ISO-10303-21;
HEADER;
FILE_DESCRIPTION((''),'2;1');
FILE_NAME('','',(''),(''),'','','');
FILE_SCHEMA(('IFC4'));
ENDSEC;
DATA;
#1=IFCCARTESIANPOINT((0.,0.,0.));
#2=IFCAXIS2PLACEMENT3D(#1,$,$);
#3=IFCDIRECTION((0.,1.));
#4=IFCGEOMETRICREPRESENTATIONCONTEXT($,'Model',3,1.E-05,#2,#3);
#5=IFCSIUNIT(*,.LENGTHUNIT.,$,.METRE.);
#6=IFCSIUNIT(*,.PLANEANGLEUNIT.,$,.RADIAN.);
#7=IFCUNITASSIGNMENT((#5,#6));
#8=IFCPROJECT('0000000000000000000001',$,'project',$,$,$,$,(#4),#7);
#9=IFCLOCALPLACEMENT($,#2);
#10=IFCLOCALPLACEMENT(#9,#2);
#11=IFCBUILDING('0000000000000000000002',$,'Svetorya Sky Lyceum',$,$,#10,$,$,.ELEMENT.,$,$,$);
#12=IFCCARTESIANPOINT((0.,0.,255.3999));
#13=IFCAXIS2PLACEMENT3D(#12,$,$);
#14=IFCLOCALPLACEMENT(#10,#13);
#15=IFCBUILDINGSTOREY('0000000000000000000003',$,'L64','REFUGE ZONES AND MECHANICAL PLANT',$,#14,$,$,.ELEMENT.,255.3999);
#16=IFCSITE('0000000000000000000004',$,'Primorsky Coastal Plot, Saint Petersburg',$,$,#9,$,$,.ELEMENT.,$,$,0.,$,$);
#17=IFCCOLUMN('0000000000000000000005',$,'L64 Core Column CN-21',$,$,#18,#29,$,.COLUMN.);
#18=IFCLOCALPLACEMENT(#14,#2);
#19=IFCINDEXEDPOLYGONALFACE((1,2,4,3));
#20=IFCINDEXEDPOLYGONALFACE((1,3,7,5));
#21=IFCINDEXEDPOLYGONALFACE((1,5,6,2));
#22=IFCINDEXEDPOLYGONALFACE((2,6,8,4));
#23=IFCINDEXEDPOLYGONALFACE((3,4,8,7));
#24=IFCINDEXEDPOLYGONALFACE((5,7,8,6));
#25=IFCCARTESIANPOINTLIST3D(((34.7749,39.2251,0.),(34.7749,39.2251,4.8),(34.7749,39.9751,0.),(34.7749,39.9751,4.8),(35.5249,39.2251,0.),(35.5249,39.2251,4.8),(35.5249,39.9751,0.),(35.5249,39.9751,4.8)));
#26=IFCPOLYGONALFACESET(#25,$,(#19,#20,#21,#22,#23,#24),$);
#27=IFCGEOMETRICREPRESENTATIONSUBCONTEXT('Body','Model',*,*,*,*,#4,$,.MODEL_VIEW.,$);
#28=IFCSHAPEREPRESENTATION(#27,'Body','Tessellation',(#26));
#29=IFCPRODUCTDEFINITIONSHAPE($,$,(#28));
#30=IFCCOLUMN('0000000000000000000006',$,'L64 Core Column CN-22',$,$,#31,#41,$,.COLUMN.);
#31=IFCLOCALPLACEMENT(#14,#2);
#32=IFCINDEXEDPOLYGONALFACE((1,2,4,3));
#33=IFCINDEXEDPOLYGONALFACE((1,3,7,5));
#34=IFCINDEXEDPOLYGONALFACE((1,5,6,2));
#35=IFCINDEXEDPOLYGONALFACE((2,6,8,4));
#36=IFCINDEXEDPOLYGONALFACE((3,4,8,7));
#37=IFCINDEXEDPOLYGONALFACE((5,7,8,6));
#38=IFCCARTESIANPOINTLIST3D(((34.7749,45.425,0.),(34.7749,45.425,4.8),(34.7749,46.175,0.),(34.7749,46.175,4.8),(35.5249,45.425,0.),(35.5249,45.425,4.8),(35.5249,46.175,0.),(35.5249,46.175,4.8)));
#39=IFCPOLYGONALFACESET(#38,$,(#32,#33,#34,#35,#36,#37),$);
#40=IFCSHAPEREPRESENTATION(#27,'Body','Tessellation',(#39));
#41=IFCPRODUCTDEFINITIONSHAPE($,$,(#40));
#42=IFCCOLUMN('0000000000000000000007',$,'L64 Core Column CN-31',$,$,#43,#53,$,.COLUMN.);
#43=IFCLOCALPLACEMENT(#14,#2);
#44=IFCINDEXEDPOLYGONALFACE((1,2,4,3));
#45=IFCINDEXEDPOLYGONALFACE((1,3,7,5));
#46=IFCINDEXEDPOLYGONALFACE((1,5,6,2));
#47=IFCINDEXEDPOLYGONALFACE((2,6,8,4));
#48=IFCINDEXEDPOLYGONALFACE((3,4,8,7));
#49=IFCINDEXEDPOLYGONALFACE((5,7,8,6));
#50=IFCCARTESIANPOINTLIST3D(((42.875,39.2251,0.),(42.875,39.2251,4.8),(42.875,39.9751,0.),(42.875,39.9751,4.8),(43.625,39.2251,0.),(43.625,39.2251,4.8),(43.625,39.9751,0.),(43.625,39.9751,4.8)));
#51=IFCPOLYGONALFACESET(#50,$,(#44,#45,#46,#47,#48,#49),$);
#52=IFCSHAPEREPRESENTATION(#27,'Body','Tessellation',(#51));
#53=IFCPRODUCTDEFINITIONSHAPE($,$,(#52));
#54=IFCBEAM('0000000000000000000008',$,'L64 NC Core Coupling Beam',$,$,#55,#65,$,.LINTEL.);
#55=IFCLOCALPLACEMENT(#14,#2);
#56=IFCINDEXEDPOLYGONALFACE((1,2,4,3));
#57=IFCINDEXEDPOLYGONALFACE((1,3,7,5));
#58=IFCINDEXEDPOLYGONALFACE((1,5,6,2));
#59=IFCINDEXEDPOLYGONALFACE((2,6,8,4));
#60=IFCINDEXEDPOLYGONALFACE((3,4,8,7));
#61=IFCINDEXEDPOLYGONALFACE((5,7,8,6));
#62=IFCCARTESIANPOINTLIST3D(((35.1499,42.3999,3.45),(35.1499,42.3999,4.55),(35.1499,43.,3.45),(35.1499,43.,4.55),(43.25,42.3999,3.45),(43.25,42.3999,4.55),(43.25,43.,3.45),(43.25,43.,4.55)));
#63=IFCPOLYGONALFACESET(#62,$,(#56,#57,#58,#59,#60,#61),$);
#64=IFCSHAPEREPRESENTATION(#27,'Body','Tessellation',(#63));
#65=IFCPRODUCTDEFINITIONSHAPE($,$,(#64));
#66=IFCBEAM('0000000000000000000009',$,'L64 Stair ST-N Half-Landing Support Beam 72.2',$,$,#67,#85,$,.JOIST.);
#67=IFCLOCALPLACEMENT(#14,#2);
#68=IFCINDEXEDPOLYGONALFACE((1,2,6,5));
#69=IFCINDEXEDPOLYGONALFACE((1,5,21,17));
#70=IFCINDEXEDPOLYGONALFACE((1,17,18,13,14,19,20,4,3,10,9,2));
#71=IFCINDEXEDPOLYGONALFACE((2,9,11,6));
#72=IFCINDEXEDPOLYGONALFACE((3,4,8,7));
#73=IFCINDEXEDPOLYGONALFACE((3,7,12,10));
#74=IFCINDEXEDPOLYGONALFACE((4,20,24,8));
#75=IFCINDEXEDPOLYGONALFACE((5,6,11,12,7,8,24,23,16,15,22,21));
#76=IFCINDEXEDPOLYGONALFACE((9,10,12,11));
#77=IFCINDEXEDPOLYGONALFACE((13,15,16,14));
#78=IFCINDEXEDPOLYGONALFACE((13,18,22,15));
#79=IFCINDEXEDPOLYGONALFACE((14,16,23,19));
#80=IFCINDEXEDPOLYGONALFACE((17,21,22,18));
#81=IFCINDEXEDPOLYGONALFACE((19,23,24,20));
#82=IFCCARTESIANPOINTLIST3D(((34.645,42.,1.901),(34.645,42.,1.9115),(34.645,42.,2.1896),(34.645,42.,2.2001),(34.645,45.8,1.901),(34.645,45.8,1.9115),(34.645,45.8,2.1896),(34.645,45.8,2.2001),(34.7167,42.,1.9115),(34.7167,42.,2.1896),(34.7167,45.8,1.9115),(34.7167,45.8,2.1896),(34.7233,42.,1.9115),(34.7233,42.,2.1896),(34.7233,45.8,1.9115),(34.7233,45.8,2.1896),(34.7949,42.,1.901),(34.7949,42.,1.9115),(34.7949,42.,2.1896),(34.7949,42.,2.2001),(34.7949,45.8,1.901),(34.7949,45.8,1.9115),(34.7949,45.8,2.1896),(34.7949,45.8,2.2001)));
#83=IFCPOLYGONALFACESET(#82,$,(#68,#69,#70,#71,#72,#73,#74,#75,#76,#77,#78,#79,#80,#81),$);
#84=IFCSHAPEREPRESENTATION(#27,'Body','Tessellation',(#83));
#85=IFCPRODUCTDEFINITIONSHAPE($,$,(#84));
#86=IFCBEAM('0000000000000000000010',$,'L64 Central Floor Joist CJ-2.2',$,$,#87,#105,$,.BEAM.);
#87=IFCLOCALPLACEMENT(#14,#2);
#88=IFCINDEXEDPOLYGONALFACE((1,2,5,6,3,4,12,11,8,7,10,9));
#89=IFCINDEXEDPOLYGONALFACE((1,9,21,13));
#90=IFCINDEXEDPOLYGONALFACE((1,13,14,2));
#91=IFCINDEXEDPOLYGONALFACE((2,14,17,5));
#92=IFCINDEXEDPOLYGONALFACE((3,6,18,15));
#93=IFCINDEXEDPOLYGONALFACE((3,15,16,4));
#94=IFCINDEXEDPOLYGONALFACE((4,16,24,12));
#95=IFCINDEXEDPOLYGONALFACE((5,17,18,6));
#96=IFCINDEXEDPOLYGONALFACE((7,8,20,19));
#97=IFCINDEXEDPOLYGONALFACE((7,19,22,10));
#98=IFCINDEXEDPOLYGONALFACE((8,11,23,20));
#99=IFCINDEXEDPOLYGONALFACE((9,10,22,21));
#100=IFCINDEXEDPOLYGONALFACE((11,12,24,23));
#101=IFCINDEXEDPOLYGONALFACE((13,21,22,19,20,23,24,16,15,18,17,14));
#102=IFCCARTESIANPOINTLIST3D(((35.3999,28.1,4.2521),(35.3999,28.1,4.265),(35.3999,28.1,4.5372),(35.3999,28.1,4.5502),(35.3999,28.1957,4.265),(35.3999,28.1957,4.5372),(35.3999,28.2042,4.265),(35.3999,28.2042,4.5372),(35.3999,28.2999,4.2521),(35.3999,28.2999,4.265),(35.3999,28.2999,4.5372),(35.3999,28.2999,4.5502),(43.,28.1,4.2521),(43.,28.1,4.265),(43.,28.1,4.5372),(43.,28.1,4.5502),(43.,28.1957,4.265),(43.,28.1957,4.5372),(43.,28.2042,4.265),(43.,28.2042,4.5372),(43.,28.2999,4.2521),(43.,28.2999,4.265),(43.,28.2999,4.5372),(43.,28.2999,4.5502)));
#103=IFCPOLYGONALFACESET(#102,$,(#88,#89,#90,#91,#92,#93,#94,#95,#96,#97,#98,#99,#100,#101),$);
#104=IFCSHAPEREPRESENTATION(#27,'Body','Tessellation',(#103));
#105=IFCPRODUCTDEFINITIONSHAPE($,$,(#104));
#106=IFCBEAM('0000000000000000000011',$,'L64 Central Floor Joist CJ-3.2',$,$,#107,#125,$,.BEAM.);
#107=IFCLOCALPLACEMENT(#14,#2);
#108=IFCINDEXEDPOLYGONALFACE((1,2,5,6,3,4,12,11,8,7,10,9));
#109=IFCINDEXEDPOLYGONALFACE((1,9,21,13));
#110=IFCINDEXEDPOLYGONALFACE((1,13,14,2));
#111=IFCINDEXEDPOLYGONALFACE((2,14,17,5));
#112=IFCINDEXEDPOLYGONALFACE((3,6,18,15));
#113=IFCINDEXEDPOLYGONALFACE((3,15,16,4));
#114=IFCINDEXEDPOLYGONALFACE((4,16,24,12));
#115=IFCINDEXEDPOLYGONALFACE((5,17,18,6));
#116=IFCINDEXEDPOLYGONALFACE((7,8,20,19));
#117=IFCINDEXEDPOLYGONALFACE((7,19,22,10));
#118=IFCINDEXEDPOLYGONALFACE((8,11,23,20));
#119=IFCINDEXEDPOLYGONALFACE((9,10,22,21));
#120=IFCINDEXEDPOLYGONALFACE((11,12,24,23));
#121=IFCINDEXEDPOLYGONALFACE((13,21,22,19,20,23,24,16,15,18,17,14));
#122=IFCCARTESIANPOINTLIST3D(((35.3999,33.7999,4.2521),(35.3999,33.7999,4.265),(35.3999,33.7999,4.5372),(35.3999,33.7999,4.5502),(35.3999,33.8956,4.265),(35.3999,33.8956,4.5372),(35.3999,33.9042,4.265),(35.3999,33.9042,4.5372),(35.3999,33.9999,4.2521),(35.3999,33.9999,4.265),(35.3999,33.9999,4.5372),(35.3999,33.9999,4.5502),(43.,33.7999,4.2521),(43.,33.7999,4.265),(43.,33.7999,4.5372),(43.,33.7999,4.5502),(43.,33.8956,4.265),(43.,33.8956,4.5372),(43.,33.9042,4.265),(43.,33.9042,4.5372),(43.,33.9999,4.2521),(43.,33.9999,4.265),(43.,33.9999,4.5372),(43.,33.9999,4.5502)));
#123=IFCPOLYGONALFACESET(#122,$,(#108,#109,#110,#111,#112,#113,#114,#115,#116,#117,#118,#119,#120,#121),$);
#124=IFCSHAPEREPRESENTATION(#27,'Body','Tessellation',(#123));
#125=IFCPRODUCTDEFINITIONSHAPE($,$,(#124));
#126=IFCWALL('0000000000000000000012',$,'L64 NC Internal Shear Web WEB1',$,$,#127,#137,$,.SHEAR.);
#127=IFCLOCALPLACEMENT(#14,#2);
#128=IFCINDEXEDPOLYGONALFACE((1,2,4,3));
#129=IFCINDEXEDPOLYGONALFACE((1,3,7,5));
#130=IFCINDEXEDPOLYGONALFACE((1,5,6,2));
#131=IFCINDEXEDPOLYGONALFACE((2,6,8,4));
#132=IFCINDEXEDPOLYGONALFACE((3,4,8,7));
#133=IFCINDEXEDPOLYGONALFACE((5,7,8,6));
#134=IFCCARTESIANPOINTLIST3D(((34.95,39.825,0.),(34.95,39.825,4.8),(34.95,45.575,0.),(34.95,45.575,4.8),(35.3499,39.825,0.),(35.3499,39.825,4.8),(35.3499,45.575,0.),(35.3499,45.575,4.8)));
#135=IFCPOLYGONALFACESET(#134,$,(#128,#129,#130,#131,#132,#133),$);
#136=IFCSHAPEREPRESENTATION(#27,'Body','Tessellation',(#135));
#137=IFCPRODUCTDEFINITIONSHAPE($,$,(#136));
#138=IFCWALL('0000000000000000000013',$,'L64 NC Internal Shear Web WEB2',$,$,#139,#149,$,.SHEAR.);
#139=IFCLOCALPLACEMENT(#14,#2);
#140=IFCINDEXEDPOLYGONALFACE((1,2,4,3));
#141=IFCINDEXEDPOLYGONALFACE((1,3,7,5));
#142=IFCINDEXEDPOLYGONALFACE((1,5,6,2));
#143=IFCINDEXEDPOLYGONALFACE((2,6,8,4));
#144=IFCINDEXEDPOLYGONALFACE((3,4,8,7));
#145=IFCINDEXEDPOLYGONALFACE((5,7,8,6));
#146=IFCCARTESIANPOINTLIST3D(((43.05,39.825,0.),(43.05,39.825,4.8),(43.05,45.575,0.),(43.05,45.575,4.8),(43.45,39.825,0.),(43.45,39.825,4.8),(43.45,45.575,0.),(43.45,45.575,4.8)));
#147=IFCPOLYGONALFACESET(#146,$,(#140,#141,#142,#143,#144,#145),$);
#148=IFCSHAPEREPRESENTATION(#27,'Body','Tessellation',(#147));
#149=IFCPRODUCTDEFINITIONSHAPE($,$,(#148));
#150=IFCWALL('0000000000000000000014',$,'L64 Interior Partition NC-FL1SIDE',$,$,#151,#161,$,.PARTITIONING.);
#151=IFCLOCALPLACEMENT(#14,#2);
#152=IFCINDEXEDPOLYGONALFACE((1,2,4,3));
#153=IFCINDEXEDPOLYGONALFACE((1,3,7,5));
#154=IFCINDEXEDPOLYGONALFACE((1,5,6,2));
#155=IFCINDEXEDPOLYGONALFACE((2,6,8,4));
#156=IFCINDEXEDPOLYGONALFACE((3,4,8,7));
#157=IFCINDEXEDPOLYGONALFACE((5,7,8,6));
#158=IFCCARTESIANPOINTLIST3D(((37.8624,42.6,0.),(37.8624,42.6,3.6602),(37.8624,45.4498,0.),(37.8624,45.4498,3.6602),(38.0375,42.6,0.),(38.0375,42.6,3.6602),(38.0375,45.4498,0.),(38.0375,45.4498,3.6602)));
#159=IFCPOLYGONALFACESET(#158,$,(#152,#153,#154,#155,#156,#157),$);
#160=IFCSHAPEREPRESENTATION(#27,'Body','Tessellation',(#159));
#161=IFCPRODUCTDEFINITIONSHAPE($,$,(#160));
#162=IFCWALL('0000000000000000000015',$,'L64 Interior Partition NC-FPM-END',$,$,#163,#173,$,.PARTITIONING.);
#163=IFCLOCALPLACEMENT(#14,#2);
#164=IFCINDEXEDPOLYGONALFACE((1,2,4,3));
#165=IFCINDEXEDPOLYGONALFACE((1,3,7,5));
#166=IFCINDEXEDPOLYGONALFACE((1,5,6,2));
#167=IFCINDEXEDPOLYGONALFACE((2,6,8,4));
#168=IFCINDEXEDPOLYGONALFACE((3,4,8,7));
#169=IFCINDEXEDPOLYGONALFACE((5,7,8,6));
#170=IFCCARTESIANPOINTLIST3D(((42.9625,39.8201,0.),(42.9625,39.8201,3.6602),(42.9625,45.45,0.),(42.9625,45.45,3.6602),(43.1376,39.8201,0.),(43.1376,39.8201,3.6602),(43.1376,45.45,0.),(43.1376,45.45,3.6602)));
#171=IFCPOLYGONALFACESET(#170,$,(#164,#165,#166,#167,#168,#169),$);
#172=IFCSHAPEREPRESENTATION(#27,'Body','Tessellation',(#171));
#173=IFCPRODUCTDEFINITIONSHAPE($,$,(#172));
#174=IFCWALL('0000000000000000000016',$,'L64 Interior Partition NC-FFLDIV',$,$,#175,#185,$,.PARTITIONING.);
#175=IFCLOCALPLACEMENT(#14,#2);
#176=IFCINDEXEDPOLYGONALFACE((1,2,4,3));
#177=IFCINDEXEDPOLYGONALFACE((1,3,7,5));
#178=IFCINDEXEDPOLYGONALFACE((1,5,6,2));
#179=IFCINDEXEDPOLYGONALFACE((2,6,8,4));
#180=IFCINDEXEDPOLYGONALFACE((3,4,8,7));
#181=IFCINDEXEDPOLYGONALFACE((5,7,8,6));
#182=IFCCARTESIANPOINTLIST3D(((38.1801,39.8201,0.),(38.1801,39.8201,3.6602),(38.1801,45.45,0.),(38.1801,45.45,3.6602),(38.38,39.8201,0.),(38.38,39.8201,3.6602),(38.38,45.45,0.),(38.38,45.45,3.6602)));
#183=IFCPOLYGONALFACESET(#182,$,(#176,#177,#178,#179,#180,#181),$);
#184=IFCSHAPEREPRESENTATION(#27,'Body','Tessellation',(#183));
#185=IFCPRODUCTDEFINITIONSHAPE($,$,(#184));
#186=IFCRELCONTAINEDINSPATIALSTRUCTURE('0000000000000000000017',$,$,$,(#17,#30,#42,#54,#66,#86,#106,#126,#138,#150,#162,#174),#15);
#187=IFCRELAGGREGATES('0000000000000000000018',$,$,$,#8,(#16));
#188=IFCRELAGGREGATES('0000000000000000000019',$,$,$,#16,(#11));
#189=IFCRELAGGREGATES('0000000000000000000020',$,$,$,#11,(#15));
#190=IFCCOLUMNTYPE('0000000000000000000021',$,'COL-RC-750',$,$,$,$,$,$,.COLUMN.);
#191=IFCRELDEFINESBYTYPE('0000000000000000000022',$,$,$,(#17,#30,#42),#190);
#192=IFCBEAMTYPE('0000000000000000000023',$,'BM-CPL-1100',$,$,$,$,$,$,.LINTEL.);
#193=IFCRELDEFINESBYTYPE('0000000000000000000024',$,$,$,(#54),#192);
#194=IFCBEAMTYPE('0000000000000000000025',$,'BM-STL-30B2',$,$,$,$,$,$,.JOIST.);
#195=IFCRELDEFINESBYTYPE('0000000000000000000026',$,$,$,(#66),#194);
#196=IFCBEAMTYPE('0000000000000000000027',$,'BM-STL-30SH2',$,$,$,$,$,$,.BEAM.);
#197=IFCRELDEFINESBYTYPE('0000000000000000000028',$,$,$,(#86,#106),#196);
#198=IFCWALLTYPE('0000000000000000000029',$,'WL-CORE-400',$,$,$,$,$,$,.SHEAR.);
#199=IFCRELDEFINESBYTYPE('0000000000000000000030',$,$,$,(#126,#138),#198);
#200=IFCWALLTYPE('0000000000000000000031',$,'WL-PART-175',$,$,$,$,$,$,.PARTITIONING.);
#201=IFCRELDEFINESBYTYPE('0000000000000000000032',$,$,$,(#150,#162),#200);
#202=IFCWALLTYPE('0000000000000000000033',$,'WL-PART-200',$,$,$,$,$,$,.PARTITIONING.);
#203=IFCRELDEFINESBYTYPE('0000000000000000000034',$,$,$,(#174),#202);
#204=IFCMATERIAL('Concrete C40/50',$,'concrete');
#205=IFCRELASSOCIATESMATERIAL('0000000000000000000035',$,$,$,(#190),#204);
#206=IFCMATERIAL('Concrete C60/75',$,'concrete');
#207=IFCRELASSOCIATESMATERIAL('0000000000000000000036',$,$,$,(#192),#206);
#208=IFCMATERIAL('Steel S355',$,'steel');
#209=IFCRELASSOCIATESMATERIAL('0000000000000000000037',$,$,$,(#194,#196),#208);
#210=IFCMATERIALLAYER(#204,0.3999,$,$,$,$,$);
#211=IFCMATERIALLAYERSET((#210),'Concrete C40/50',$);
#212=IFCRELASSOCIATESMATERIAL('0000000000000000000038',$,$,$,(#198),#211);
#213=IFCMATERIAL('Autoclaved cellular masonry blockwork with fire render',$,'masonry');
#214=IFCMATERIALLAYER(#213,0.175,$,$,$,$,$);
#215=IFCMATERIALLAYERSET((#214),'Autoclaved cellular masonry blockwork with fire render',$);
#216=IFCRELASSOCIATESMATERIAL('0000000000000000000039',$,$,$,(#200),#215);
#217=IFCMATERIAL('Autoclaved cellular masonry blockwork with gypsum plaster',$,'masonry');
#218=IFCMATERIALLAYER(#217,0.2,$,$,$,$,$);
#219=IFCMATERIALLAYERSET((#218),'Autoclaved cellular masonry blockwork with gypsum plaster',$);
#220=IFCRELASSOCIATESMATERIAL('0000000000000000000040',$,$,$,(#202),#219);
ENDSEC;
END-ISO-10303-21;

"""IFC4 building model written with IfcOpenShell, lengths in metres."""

from ifc_helpers import new_model, si_unit, direction, frame, frame_2d, origin, origin_2d, place, context, subcontext, project, spatial, rectangle, i_section, extrude, material, layer, layer_set, material_profile, profile_set, type_object, element, save


model = new_model("IFC4")

# Units and contexts
model_context = context("Model", 3, precision=1e-05, world=origin(), true_north=direction((0.0, 1.0)))
body_context = subcontext(model_context, "Body", "Model", "MODEL_VIEW")
ifc_project = project(units=[si_unit("LENGTHUNIT", "METRE"), si_unit("PLANEANGLEUNIT", "RADIAN")], contexts=[model_context])

# Site, building, storey
site_placement = place(None, origin())
site = spatial("IfcSite", under=ifc_project, at=site_placement, Name="Primorsky Coastal Plot, Saint Petersburg", CompositionType="ELEMENT", RefElevation=0.0)
building_placement = place(site_placement, origin())
building = spatial("IfcBuilding", under=site, at=building_placement, Name="Svetorya Sky Lyceum", CompositionType="ELEMENT")
storey_placement = place(building_placement, frame((0.0, 0.0, 255.3999)))
storey = spatial("IfcBuildingStorey", under=building, at=storey_placement, Name="L64", Description="REFUGE ZONES AND MECHANICAL PLANT", CompositionType="ELEMENT", Elevation=255.3999)

# Columns
ifc_material_1 = material(Name="Concrete C40/50", Category="concrete")
ifc_material_profile_1 = material_profile(ifc_material_1, rectangle(XDim=0.75, YDim=0.75, at=origin_2d()), Name="RC COL 750x750")
ifc_profile_set_1 = profile_set([ifc_material_profile_1], Name="Concrete C40/50")
column_type = type_object("IfcColumnType", Name="COL-RC-750", PredefinedType="COLUMN", material=ifc_profile_set_1)
for number, where, z_axis, x_axis, name in (
    (1, (35.1499, 39.6001, 0.0), (0.0, 0.0, 1.0), (1.0, 0.0, 0.0), "L64 Core Column CN-21"),
    (2, (35.1499, 45.8, 0.0), (0.0, 0.0, 1.0), (1.0, 0.0, 0.0), "L64 Core Column CN-22"),
    (3, (43.25, 39.6001, 0.0), (0.0, 0.0, 1.0), (1.0, 0.0, 0.0), "L64 Core Column CN-31"),
):
    element("IfcColumn", number, at=place(storey_placement, frame(where, z_axis=z_axis, x_axis=x_axis)), inside=storey, type_object=column_type, Name=name, PredefinedType="COLUMN", context=body_context, shape_type="SweptSolid", body=[
        extrude(rectangle(XDim=0.75, YDim=0.75, at=origin_2d()), origin(), (0.0, 0.0, 1.0), 4.8),
    ])

# Beams
ifc_material_2 = material(Name="Concrete C60/75", Category="concrete")
ifc_material_profile_2 = material_profile(ifc_material_2, rectangle(XDim=0.6001, YDim=1.1001, at=origin_2d()), Name="RC COUPLING 600x1100")
ifc_profile_set_2 = profile_set([ifc_material_profile_2], Name="Concrete C60/75")
beam_type_1 = type_object("IfcBeamType", Name="BM-CPL-1100", PredefinedType="LINTEL", material=ifc_profile_set_2)
beam_1_placement = place(storey_placement, frame((35.1499, 42.7, 4.0), z_axis=(1.0, 0.0, 0.0), x_axis=(0.0, 1.0, 0.0)))
element("IfcBeam", 4, at=beam_1_placement, inside=storey, type_object=beam_type_1, Name="L64 NC Core Coupling Beam", PredefinedType="LINTEL", context=body_context, shape_type="SweptSolid", body=[
    extrude(rectangle(XDim=0.6001, YDim=1.1001, at=origin_2d()), origin(), (0.0, 0.0, 1.0), 8.1001),
])
ifc_material_3 = material(Name="Steel S355", Category="steel")
ifc_material_profile_3 = material_profile(ifc_material_3, i_section(OverallWidth=0.1499, OverallDepth=0.2991, WebThickness=0.0066, FlangeThickness=0.0105, at=origin_2d()), Name="GOST 30B2")
ifc_profile_set_3 = profile_set([ifc_material_profile_3], Name="Steel S355")
beam_type_2 = type_object("IfcBeamType", Name="BM-STL-30B2", PredefinedType="JOIST", material=ifc_profile_set_3)
beam_2_placement = place(storey_placement, frame((34.72, 42.0, 2.0505), z_axis=(0.0, 1.0, 0.0), x_axis=(-1.0, 0.0, 0.0)))
element("IfcBeam", 5, at=beam_2_placement, inside=storey, type_object=beam_type_2, Name="L64 Stair ST-N Half-Landing Support Beam 72.2", PredefinedType="JOIST", context=body_context, shape_type="SweptSolid", body=[
    extrude(i_section(OverallWidth=0.1499, OverallDepth=0.2991, WebThickness=0.0066, FlangeThickness=0.0105, at=origin_2d()), origin(), (0.0, 0.0, 1.0), 3.8),
])
ifc_material_profile_4 = material_profile(ifc_material_3, i_section(OverallWidth=0.2, OverallDepth=0.2981, WebThickness=0.0085, FlangeThickness=0.0129, at=origin_2d()), Name="GOST 30Sh2")
ifc_profile_set_4 = profile_set([ifc_material_profile_4], Name="Steel S355")
beam_type_3 = type_object("IfcBeamType", Name="BM-STL-30SH2", PredefinedType="BEAM", material=ifc_profile_set_4)
for number, where, z_axis, x_axis, name in (
    (6, (35.3999, 28.2, 4.4011), (1.0, 0.0, 0.0), (0.0, 1.0, 0.0), "L64 Central Floor Joist CJ-2.2"),
    (7, (35.3999, 33.8999, 4.4011), (1.0, 0.0, 0.0), (0.0, 1.0, 0.0), "L64 Central Floor Joist CJ-3.2"),
):
    element("IfcBeam", number, at=place(storey_placement, frame(where, z_axis=z_axis, x_axis=x_axis)), inside=storey, type_object=beam_type_3, Name=name, PredefinedType="BEAM", context=body_context, shape_type="SweptSolid", body=[
        extrude(i_section(OverallWidth=0.2, OverallDepth=0.2981, WebThickness=0.0085, FlangeThickness=0.0129, at=origin_2d()), origin(), (0.0, 0.0, 1.0), 7.6001),
    ])

# Walls
ifc_layer_1 = layer(ifc_material_1, 0.3999)
ifc_layer_set_1 = layer_set([ifc_layer_1], Name="Concrete C40/50")
wall_type_1 = type_object("IfcWallType", Name="WL-CORE-400", PredefinedType="SHEAR", material=ifc_layer_set_1)
for number, where, z_axis, x_axis, name in (
    (8, (35.1499, 39.825, 0.0), (0.0, 0.0, 1.0), (0.0, 1.0, 0.0), "L64 NC Internal Shear Web WEB1"),
    (9, (43.25, 39.825, 0.0), (0.0, 0.0, 1.0), (0.0, 1.0, 0.0), "L64 NC Internal Shear Web WEB2"),
):
    element("IfcWall", number, at=place(storey_placement, frame(where, z_axis=z_axis, x_axis=x_axis)), inside=storey, type_object=wall_type_1, Name=name, PredefinedType="SHEAR", context=body_context, shape_type="SweptSolid", body=[
        extrude(rectangle(XDim=5.75, YDim=0.3999, at=frame_2d((2.875, 0.0))), origin(), (0.0, 0.0, 1.0), 4.8),
    ])
ifc_material_4 = material(Name="Autoclaved cellular masonry blockwork with fire render", Category="masonry")
ifc_layer_2 = layer(ifc_material_4, 0.175)
ifc_layer_set_2 = layer_set([ifc_layer_2], Name="Autoclaved cellular masonry blockwork with fire render")
wall_type_2 = type_object("IfcWallType", Name="WL-PART-175", PredefinedType="PARTITIONING", material=ifc_layer_set_2)
wall_1_placement = place(storey_placement, frame((37.95, 42.6001, 0.0), z_axis=(0.0, 0.0, 1.0), x_axis=(0.0, 1.0, 0.0)))
element("IfcWall", 10, at=wall_1_placement, inside=storey, type_object=wall_type_2, Name="L64 Interior Partition NC-FL1SIDE", PredefinedType="PARTITIONING", context=body_context, shape_type="SweptSolid", body=[
    extrude(rectangle(XDim=2.8499, YDim=0.175, at=frame_2d((1.4248, 0.0))), origin(), (0.0, 0.0, 1.0), 3.6602),
])
wall_2_placement = place(storey_placement, frame((43.05, 39.8201, 0.0), z_axis=(0.0, 0.0, 1.0), x_axis=(0.0, 1.0, 0.0)))
element("IfcWall", 11, at=wall_2_placement, inside=storey, type_object=wall_type_2, Name="L64 Interior Partition NC-FPM-END", PredefinedType="PARTITIONING", context=body_context, shape_type="SweptSolid", body=[
    extrude(rectangle(XDim=5.6299, YDim=0.175, at=frame_2d((2.8149, 0.0))), origin(), (0.0, 0.0, 1.0), 3.6602),
])

# Shared definitions
ifc_material_5 = material(Name="Autoclaved cellular masonry blockwork with gypsum plaster", Category="masonry")
ifc_layer_3 = layer(ifc_material_5, 0.2)
ifc_layer_set_3 = layer_set([ifc_layer_3], Name="Autoclaved cellular masonry blockwork with gypsum plaster")
wall_type_3 = type_object("IfcWallType", Name="WL-PART-200", PredefinedType="PARTITIONING", material=ifc_layer_set_3)

# Wall
wall_3_placement = place(storey_placement, frame((38.28, 39.8201, 0.0), z_axis=(0.0, 0.0, 1.0), x_axis=(0.0, 1.0, 0.0)))
element("IfcWall", 12, at=wall_3_placement, inside=storey, type_object=wall_type_3, Name="L64 Interior Partition NC-FFLDIV", PredefinedType="PARTITIONING", context=body_context, shape_type="SweptSolid", body=[
    extrude(rectangle(XDim=5.6299, YDim=0.2, at=frame_2d((2.8149, 0.0))), origin(), (0.0, 0.0, 1.0), 3.6602),
])

save(model, "model.ifc")
